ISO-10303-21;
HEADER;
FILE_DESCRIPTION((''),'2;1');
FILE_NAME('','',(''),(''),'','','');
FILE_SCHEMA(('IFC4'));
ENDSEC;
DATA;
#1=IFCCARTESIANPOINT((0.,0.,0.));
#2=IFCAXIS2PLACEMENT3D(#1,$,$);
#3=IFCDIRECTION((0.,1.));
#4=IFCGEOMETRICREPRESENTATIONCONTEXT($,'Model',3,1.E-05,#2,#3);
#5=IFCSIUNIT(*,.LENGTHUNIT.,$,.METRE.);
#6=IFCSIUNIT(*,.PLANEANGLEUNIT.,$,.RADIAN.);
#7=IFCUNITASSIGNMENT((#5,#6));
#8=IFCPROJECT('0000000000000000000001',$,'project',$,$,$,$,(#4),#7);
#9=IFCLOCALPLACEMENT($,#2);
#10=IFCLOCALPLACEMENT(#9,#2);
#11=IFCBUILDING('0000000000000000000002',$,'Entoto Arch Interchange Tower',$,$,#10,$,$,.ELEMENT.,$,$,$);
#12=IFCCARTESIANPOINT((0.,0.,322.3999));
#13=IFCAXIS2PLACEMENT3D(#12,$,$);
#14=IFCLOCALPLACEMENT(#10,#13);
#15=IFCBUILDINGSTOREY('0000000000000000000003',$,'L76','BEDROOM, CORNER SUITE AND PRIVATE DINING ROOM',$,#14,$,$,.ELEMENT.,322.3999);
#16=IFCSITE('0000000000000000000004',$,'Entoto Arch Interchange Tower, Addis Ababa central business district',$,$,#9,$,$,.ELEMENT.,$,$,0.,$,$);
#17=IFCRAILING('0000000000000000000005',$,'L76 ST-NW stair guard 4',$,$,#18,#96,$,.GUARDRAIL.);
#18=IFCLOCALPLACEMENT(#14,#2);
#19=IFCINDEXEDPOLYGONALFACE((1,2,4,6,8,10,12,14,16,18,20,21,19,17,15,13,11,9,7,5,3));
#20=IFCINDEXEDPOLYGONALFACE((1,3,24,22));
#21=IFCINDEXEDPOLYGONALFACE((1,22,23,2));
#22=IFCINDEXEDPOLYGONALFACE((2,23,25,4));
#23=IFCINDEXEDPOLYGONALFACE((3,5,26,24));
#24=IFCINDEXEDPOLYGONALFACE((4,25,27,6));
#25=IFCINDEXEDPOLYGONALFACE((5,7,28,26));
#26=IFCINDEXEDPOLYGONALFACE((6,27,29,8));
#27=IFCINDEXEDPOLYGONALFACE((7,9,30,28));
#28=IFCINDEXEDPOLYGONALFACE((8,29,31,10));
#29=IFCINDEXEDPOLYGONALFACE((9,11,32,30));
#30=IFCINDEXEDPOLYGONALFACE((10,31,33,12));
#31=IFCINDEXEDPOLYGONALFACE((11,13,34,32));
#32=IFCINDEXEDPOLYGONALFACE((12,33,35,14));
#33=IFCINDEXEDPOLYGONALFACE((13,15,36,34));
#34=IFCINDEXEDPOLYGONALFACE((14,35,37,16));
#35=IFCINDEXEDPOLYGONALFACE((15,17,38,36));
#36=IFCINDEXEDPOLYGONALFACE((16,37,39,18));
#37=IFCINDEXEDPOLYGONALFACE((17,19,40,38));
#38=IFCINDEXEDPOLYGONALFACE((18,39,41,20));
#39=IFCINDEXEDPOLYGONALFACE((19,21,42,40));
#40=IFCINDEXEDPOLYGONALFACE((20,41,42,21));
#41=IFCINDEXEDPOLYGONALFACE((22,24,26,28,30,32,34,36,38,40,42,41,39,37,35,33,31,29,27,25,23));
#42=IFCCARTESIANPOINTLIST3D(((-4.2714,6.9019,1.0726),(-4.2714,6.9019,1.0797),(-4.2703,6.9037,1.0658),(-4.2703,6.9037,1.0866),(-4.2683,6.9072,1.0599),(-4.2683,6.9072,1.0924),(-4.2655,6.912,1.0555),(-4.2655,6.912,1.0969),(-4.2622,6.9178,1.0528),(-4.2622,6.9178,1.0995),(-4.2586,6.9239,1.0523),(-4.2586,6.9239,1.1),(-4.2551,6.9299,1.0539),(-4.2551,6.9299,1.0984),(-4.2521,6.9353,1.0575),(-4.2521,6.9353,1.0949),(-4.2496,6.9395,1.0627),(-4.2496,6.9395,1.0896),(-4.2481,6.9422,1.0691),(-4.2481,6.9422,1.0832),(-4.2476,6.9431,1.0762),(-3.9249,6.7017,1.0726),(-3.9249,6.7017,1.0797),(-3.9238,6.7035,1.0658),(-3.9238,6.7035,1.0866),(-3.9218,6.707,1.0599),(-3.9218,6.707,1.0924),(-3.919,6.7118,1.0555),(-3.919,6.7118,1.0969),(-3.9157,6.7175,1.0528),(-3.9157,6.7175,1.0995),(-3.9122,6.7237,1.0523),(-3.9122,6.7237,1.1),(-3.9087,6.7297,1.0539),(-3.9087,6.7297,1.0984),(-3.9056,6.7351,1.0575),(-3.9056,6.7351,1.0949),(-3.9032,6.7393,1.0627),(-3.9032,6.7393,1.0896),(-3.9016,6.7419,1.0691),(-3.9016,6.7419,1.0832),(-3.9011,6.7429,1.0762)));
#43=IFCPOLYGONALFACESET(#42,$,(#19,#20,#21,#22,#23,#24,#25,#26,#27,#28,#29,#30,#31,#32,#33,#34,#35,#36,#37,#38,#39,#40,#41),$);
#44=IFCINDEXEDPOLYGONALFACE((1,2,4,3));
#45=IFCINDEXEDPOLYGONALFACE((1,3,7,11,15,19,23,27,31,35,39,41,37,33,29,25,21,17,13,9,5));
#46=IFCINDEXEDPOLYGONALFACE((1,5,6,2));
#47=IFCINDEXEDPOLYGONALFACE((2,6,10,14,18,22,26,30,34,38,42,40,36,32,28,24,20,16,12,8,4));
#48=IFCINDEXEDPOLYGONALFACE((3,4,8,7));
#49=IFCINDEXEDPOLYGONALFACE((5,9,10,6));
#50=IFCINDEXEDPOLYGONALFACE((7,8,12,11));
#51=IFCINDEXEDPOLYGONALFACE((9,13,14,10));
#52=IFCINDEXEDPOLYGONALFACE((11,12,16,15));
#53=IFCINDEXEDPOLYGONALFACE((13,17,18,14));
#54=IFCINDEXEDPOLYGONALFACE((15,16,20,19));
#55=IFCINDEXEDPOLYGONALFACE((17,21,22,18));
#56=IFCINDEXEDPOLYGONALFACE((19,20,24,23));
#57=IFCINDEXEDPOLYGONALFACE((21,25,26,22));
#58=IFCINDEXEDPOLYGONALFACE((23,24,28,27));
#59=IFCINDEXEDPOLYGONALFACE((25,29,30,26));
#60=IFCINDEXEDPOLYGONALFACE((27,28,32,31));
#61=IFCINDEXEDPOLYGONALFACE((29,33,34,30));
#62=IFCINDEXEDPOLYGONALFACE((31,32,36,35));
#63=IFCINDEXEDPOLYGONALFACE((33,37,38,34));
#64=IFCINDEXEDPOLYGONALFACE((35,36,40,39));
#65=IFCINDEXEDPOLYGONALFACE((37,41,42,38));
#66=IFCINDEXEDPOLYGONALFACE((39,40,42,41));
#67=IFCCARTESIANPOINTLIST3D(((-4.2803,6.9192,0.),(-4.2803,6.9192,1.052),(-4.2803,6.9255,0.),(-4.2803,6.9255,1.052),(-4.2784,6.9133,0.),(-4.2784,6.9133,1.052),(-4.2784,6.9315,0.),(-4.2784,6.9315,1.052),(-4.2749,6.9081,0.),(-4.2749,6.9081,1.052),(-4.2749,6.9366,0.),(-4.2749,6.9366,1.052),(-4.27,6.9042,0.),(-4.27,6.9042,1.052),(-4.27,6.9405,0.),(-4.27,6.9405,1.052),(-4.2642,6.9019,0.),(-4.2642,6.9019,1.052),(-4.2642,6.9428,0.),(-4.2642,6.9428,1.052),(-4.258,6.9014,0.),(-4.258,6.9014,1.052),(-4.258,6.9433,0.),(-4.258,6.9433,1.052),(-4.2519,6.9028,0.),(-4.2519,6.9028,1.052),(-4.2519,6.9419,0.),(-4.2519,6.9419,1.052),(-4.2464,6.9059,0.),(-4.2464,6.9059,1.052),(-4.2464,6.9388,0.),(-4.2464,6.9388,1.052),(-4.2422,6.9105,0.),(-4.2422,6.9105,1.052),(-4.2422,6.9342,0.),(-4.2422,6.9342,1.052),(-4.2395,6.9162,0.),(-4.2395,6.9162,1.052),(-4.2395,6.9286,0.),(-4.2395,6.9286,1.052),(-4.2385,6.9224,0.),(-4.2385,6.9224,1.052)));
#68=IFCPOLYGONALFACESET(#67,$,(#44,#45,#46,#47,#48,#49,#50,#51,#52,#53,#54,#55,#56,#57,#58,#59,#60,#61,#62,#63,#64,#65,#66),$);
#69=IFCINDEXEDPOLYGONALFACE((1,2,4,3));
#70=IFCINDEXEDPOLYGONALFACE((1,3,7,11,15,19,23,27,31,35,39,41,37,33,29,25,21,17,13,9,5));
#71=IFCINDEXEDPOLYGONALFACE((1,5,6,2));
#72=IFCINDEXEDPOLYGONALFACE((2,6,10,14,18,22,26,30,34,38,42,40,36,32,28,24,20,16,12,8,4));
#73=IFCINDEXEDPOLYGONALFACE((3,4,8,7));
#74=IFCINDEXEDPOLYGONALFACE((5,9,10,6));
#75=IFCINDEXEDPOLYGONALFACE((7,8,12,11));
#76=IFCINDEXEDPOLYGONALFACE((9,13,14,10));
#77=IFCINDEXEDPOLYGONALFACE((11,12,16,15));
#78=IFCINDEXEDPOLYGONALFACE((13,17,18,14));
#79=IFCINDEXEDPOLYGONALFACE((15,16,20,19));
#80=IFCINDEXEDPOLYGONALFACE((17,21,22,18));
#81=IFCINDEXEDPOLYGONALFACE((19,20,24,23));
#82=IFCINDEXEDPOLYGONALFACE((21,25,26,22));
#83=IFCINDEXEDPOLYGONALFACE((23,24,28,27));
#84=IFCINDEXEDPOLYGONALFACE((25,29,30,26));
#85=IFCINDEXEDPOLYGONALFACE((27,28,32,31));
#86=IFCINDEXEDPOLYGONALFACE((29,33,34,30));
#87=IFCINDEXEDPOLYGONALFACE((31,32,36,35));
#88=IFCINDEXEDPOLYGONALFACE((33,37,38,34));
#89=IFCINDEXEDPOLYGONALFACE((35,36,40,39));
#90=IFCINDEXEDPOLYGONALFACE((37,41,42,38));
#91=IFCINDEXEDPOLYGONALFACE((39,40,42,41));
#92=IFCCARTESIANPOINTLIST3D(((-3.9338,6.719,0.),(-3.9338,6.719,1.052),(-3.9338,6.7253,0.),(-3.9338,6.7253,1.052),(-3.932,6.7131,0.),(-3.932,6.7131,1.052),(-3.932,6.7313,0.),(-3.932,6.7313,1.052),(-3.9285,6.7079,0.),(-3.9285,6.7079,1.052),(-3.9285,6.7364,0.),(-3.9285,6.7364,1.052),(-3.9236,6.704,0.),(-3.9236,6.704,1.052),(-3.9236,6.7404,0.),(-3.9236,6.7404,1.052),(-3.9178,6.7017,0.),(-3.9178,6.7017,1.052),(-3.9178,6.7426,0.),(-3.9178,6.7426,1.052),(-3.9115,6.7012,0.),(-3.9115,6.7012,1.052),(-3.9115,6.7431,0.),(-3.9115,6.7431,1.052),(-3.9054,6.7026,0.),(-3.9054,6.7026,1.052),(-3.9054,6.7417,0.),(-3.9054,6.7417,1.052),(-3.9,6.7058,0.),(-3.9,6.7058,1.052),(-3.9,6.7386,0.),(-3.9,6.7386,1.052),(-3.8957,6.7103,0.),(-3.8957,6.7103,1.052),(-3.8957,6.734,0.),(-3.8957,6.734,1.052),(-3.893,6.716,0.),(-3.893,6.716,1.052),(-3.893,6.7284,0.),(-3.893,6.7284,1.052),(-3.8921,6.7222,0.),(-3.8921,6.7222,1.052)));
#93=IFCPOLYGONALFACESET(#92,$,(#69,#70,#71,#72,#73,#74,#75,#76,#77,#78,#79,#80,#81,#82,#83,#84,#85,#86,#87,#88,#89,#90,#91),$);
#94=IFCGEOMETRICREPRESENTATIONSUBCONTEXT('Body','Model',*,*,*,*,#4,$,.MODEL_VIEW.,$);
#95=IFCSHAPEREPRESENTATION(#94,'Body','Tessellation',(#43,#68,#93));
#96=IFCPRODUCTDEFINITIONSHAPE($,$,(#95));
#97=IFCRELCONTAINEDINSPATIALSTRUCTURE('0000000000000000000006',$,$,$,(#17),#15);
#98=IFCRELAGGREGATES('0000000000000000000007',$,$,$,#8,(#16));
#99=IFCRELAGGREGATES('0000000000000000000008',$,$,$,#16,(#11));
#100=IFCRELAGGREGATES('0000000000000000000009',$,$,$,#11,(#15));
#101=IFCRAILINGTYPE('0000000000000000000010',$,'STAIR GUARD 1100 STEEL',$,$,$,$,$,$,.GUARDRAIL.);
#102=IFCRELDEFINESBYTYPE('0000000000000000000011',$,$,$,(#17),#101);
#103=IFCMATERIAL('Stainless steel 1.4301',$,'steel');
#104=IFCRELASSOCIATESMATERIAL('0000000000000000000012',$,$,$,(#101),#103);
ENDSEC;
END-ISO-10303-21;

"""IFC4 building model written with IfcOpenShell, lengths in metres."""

from ifc_helpers import new_model, si_unit, direction, frame, origin, origin_2d, place, context, subcontext, project, spatial, circle, extrude, material, type_object, element, save


model = new_model("IFC4")

# Units and contexts
model_context = context("Model", 3, precision=1e-05, world=origin(), true_north=direction((0.0, 1.0)))
body_context = subcontext(model_context, "Body", "Model", "MODEL_VIEW")
ifc_project = project(units=[si_unit("LENGTHUNIT", "METRE"), si_unit("PLANEANGLEUNIT", "RADIAN")], contexts=[model_context])

# Site, building, storey
site_placement = place(None, origin())
site = spatial("IfcSite", under=ifc_project, at=site_placement, Name="Entoto Arch Interchange Tower, Addis Ababa central business district", CompositionType="ELEMENT", RefElevation=0.0)
building_placement = place(site_placement, origin())
building = spatial("IfcBuilding", under=site, at=building_placement, Name="Entoto Arch Interchange Tower", CompositionType="ELEMENT")
storey_placement = place(building_placement, frame((0.0, 0.0, 322.3999)))
storey = spatial("IfcBuildingStorey", under=building, at=storey_placement, Name="L76", Description="BEDROOM, CORNER SUITE AND PRIVATE DINING ROOM", CompositionType="ELEMENT", Elevation=322.3999)

# Railing
ifc_material_1 = material(Name="Stainless steel 1.4301", Category="steel")
railing_type_1 = type_object("IfcRailingType", Name="STAIR GUARD 1100 STEEL", PredefinedType="GUARDRAIL", material=ifc_material_1)
railing_1_placement = place(storey_placement, frame((-4.2595, 6.9224, 0.0)))
element("IfcRailing", 1, at=railing_1_placement, inside=storey, type_object=railing_type_1, Name="L76 ST-NW stair guard 4", PredefinedType="GUARDRAIL", context=body_context, shape_type="SweptSolid", body=[
    extrude(circle(Radius=0.0239, at=origin_2d()), frame((0.0, 0.0, 1.0762), z_axis=(0.86583, -0.500339, 0.0), x_axis=(0.500339, 0.86583, 0.0)), (0.0, 0.0, 1.0), 0.4001),
    extrude(circle(Radius=0.021, at=origin_2d()), origin(), (0.0, 0.0, 1.0), 1.052),
    extrude(circle(Radius=0.021, at=origin_2d()), frame((0.3464, -0.2002, 0.0)), (0.0, 0.0, 1.0), 1.052),
])

save(model, "model.ifc")
